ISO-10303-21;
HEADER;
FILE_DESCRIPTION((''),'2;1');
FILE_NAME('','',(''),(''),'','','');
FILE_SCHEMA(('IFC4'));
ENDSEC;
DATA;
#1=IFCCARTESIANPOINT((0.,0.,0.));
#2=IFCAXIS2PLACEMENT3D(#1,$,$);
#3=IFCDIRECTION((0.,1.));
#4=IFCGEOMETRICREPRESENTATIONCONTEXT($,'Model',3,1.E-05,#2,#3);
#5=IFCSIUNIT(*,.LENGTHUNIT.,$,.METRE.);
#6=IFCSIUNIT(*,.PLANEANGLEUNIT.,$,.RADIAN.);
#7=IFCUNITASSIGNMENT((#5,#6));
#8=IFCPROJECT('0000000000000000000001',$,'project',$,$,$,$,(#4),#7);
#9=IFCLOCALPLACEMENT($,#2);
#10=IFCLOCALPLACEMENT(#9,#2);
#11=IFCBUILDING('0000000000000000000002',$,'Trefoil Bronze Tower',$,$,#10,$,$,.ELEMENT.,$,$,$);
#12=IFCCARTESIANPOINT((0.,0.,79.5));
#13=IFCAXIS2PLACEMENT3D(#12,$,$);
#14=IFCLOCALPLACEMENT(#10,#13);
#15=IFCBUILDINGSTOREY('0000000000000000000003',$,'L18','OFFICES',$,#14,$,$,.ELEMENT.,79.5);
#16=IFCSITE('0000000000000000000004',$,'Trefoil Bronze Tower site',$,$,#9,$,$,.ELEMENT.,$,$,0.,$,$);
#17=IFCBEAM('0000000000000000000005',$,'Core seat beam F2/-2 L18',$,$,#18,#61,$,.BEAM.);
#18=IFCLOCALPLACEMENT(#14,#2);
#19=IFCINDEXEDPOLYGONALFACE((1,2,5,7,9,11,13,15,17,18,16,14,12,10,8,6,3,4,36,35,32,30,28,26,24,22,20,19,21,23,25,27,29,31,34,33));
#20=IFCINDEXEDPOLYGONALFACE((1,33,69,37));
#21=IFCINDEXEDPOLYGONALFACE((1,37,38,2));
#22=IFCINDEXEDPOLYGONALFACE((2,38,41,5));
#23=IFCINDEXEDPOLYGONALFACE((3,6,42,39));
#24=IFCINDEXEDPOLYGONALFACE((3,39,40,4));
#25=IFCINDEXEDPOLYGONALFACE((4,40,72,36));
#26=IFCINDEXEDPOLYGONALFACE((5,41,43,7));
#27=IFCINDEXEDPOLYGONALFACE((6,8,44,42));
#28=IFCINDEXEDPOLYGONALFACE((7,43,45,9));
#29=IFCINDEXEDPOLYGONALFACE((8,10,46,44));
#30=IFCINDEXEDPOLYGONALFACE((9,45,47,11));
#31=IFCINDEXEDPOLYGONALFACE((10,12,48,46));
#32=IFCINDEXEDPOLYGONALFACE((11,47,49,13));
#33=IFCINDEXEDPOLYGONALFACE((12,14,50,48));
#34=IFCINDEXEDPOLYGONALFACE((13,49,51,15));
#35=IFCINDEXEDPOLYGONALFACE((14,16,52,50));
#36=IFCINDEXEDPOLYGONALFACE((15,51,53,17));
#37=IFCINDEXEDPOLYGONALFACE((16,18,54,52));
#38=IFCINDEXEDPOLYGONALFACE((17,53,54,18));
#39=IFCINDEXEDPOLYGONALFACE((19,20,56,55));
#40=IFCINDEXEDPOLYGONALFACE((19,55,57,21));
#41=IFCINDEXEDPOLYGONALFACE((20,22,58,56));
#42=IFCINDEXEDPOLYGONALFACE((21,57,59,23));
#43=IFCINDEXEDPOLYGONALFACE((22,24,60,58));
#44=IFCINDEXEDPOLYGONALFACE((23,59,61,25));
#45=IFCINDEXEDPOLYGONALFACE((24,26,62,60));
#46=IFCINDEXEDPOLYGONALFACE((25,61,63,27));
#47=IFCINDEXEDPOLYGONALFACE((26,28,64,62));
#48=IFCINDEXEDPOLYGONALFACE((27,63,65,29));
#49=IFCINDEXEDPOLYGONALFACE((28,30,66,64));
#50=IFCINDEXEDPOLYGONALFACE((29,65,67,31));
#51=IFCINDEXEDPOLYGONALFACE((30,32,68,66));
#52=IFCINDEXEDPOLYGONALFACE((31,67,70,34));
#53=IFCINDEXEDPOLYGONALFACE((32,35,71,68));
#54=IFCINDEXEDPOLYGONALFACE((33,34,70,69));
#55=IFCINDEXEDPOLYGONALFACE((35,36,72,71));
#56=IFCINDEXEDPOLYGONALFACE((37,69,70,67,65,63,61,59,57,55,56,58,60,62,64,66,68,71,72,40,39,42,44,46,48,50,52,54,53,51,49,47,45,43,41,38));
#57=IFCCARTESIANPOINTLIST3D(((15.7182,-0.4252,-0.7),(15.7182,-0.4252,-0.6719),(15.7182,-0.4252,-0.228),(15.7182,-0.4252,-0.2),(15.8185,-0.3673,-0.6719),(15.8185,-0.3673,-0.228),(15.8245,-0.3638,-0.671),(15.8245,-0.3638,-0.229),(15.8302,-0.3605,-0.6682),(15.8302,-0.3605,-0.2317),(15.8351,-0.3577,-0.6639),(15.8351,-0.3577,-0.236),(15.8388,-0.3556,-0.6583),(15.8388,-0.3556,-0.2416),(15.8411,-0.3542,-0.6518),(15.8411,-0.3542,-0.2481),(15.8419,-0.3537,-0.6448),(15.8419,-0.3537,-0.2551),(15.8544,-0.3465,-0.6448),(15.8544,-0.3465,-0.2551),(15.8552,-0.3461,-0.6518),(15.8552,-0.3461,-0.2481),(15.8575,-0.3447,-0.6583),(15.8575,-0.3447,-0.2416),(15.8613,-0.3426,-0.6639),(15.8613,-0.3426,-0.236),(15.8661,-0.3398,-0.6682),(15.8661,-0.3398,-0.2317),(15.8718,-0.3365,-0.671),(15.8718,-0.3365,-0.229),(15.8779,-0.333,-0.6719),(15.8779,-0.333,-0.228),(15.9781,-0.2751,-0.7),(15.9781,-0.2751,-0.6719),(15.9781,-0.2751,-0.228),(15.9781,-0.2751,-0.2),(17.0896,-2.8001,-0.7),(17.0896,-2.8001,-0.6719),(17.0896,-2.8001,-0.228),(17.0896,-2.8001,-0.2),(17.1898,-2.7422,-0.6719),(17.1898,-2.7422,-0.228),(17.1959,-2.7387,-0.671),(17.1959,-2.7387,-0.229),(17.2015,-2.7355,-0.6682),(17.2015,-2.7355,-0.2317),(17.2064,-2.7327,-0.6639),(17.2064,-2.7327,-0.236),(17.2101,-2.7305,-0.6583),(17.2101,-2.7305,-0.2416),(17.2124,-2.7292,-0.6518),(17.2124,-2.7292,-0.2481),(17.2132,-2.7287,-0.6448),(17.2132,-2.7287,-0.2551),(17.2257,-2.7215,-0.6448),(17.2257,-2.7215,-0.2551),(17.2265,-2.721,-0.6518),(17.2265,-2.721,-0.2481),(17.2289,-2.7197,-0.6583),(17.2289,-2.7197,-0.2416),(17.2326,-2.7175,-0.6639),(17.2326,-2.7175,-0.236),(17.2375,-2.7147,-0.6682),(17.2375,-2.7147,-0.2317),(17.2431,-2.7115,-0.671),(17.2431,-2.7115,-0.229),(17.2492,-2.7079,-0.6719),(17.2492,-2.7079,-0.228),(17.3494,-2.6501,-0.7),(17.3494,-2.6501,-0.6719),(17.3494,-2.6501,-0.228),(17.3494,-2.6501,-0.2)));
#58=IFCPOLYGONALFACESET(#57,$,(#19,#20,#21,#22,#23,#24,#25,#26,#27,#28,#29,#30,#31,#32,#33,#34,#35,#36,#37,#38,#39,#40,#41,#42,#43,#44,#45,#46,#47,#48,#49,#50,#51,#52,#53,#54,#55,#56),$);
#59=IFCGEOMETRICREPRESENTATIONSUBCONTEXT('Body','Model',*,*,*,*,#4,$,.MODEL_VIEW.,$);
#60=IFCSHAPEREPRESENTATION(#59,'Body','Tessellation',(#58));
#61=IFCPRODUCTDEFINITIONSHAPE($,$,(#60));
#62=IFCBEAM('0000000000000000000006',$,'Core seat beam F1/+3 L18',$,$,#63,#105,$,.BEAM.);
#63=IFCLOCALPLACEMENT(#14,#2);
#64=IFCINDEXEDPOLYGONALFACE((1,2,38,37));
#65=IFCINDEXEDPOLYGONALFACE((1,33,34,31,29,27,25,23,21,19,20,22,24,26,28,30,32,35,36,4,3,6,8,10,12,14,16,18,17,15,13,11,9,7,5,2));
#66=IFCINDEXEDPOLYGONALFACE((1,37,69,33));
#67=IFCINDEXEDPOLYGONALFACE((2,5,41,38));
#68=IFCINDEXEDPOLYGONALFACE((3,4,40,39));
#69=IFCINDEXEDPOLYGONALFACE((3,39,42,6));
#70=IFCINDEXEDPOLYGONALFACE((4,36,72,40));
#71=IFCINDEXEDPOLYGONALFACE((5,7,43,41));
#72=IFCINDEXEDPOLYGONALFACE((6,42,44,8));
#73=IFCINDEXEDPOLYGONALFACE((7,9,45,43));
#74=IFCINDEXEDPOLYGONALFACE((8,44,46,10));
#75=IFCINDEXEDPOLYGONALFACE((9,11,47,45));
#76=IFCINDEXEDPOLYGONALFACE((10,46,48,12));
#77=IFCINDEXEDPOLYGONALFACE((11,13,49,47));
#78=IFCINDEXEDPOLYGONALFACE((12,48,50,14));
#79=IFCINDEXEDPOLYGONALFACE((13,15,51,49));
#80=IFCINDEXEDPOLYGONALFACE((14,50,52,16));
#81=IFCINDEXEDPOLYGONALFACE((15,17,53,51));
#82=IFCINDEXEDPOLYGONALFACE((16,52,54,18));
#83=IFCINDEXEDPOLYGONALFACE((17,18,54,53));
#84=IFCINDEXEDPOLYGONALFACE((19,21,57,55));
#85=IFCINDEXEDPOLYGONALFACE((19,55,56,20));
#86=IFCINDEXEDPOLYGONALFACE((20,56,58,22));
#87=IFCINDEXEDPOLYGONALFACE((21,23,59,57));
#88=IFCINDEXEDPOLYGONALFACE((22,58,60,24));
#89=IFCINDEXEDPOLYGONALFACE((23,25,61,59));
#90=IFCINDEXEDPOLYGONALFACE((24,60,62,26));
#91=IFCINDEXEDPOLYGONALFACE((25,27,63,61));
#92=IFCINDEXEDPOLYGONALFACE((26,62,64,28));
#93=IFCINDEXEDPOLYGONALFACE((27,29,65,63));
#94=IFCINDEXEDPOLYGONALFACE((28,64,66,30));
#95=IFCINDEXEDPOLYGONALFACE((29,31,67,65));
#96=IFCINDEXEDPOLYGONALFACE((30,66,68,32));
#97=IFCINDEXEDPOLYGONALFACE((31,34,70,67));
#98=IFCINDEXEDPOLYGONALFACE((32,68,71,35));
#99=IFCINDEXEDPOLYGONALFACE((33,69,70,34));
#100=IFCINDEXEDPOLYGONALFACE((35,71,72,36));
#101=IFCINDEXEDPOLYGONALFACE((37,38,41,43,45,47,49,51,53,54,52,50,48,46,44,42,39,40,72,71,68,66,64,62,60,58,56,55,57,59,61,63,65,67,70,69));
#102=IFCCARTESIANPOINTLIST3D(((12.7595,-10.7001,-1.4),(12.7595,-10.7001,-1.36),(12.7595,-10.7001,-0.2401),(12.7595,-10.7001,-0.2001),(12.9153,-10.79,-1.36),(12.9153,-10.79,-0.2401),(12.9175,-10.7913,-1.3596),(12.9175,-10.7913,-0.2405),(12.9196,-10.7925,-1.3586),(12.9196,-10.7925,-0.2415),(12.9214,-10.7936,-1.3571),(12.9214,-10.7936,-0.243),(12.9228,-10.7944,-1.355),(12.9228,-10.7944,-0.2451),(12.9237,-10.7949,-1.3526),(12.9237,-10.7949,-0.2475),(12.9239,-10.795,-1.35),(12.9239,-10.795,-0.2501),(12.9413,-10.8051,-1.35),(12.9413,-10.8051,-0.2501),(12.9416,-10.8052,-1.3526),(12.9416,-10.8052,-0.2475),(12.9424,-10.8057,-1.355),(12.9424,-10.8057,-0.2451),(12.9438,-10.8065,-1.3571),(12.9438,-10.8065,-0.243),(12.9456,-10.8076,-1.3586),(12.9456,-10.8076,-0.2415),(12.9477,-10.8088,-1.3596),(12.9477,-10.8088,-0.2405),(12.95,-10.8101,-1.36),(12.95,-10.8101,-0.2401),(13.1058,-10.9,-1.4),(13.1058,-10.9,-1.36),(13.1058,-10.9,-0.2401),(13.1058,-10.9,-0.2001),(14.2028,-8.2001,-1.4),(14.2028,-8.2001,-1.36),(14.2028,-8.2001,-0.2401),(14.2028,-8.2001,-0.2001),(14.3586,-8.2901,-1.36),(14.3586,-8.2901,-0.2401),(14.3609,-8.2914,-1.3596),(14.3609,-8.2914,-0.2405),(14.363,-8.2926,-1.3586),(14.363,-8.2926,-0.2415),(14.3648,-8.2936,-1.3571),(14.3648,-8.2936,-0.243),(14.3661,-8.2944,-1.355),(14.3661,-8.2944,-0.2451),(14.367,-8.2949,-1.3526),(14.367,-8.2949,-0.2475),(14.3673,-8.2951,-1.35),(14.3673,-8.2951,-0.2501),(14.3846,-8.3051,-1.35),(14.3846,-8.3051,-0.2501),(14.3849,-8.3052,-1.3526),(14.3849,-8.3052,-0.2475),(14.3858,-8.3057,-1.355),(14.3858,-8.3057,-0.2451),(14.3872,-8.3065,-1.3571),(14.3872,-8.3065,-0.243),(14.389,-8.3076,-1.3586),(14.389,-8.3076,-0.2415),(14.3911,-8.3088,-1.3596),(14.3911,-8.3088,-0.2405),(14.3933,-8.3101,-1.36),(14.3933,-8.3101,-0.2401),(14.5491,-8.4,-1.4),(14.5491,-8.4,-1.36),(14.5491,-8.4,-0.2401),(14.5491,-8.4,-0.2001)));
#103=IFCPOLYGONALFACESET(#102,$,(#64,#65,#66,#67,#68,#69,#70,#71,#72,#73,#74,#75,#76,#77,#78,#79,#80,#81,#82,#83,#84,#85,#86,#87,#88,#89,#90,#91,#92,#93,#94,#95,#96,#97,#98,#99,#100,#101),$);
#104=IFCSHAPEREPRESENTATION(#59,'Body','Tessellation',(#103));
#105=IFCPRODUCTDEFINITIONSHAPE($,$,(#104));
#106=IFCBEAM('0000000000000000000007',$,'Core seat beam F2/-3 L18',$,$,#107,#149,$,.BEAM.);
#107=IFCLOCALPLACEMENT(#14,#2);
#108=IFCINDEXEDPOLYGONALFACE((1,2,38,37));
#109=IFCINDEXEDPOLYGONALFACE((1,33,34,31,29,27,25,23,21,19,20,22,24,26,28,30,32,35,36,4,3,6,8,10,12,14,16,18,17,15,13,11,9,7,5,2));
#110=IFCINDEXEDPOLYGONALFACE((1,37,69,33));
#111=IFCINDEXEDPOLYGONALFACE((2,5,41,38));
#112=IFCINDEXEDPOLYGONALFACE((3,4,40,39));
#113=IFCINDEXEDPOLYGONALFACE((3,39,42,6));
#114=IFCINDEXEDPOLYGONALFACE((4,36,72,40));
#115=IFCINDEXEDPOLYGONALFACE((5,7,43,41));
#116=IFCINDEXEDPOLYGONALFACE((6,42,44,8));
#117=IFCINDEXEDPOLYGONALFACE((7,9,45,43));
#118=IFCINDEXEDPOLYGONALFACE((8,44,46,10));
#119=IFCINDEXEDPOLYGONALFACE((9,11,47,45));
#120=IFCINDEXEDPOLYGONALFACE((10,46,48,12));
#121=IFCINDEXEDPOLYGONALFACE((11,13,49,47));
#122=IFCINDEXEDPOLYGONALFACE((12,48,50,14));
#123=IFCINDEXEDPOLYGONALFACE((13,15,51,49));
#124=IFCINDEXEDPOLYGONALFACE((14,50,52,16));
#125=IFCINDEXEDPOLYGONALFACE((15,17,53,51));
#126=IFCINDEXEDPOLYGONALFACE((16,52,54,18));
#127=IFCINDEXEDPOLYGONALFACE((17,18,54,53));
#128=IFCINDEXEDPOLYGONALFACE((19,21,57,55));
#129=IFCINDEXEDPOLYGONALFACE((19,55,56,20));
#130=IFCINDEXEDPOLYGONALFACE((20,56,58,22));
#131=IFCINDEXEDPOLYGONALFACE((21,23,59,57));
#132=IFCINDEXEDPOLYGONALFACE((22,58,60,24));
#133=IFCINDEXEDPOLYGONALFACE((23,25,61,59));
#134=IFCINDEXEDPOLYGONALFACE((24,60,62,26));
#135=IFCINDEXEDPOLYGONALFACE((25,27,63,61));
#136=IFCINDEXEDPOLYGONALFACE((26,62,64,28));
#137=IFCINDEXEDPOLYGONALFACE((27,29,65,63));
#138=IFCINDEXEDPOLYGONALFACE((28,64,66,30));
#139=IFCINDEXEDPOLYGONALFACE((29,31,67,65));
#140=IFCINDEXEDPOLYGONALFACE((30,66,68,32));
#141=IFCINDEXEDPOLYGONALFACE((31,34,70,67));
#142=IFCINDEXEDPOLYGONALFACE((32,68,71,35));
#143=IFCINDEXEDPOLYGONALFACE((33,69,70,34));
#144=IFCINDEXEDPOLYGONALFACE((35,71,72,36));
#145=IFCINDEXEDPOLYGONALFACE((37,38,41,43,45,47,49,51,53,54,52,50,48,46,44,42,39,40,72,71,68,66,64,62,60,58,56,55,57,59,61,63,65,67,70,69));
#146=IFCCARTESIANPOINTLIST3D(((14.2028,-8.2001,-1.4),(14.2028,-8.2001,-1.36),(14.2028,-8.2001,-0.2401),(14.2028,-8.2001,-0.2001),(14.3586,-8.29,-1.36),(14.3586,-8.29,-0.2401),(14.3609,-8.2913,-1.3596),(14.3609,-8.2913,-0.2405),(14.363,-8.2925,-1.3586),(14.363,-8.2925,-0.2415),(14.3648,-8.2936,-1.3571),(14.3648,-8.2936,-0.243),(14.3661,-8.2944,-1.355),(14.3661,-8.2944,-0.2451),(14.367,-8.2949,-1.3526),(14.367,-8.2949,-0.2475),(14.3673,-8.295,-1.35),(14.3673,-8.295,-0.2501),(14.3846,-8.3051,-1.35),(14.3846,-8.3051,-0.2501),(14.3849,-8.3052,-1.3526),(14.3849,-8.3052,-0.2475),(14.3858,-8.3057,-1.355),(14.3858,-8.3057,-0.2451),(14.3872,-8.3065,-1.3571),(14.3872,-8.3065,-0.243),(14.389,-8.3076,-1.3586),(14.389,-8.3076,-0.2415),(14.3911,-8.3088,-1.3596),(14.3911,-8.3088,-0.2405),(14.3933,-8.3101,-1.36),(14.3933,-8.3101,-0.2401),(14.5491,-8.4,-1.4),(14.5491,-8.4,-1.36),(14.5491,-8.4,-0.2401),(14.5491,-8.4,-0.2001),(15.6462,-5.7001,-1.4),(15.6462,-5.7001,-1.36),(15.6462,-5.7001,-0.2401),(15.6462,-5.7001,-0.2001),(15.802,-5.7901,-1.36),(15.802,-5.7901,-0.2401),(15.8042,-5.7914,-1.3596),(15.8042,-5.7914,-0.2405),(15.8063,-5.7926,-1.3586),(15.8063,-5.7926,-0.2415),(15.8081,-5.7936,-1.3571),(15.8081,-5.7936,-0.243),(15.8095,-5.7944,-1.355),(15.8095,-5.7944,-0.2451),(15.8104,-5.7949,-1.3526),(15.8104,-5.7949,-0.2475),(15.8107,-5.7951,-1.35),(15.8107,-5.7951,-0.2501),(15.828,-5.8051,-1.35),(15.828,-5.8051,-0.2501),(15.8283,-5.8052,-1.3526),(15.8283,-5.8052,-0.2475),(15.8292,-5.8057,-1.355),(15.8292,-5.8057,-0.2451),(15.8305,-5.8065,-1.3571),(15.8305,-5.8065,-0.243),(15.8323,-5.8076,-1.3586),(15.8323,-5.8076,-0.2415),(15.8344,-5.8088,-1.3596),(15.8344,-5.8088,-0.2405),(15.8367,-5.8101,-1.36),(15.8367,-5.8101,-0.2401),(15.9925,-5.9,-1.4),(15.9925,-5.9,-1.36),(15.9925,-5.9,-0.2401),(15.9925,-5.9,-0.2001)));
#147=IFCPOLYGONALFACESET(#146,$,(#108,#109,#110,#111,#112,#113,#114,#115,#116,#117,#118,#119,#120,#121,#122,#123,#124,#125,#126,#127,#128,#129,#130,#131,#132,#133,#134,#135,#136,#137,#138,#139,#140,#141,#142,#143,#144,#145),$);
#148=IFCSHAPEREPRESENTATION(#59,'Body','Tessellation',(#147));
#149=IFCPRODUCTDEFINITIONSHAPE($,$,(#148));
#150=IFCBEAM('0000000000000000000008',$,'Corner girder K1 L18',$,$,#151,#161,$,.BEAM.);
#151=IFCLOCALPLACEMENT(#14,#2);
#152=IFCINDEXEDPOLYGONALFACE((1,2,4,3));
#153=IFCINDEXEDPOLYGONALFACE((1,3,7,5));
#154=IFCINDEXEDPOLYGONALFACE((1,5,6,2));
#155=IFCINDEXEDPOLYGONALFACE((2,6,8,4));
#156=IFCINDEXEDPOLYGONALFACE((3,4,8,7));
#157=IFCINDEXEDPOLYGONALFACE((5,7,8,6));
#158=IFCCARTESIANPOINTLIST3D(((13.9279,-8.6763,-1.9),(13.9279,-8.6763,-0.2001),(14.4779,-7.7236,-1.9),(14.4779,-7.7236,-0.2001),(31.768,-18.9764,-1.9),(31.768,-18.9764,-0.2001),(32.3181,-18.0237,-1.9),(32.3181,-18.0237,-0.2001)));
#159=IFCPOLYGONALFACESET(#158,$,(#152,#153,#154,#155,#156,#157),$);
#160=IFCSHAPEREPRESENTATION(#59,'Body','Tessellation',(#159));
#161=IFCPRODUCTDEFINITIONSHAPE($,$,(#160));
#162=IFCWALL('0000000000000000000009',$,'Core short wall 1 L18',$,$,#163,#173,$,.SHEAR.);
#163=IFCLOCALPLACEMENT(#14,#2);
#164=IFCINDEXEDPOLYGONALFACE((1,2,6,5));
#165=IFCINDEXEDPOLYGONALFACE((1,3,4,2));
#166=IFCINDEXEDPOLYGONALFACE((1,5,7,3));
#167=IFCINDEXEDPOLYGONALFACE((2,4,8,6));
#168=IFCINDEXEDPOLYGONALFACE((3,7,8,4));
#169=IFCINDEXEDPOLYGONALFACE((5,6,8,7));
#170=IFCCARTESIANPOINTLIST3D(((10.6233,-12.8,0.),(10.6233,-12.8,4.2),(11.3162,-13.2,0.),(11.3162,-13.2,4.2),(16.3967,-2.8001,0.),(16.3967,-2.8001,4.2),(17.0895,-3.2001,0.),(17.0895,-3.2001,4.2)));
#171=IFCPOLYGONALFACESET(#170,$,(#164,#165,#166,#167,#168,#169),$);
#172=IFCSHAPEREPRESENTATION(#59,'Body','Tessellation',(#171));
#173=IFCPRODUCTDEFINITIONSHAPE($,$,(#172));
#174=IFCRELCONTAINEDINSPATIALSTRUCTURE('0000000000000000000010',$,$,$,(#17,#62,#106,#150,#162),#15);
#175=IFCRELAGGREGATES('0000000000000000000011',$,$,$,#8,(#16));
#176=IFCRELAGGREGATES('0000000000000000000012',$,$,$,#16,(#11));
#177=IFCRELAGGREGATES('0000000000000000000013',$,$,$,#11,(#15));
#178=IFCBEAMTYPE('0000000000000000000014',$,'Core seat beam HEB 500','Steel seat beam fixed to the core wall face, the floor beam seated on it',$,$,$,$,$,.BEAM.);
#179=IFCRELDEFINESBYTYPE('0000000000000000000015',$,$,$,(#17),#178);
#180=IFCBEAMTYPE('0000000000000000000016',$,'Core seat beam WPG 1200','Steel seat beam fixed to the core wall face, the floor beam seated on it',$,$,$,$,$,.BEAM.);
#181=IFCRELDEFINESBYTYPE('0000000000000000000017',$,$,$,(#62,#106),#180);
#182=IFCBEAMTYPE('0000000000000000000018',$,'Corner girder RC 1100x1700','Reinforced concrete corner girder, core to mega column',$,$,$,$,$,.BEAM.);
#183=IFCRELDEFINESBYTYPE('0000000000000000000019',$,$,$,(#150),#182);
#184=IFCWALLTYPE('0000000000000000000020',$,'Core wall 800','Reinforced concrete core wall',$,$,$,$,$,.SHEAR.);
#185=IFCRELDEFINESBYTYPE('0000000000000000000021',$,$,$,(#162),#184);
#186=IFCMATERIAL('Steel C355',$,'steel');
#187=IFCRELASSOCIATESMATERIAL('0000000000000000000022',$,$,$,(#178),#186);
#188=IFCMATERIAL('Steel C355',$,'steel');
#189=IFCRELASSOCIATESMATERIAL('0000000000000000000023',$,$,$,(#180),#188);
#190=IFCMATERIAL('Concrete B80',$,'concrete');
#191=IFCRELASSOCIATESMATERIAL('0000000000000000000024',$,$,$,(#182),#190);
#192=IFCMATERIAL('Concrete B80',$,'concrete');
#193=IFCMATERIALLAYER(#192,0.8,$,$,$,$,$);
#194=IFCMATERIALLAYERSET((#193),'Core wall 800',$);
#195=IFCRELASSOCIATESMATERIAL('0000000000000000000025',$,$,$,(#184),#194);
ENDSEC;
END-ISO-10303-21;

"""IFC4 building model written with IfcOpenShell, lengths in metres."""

from ifc_helpers import new_model, si_unit, direction, frame, frame_2d, origin, origin_2d, place, context, subcontext, project, spatial, rectangle, i_section, extrude, material, layer, layer_set, material_profile, profile_set, type_object, element, save


model = new_model("IFC4")

# Units and contexts
model_context = context("Model", 3, precision=1e-05, world=origin(), true_north=direction((0.0, 1.0)))
body_context = subcontext(model_context, "Body", "Model", "MODEL_VIEW")
ifc_project = project(units=[si_unit("LENGTHUNIT", "METRE"), si_unit("PLANEANGLEUNIT", "RADIAN")], contexts=[model_context])

# Site, building, storey
site_placement = place(None, origin())
site = spatial("IfcSite", under=ifc_project, at=site_placement, Name="Trefoil Bronze Tower site", CompositionType="ELEMENT", RefElevation=0.0)
building_placement = place(site_placement, origin())
building = spatial("IfcBuilding", under=site, at=building_placement, Name="Trefoil Bronze Tower", CompositionType="ELEMENT")
storey_placement = place(building_placement, frame((0.0, 0.0, 79.5)))
storey = spatial("IfcBuildingStorey", under=building, at=storey_placement, Name="L18", Description="OFFICES", CompositionType="ELEMENT", Elevation=79.5)

# Beams
ifc_material_1 = material(Name="Steel C355", Category="steel")
ifc_material_profile_1 = material_profile(ifc_material_1, i_section(OverallWidth=0.3, OverallDepth=0.5, WebThickness=0.0144, FlangeThickness=0.0281, FilletRadius=0.0271, at=origin_2d()), Name="HEB 500")
ifc_profile_set_1 = profile_set([ifc_material_profile_1], Name="Steel C355")
beam_type_1 = type_object("IfcBeamType", Name="Core seat beam HEB 500", Description="Steel seat beam fixed to the core wall face, the floor beam seated on it", PredefinedType="BEAM", material=ifc_profile_set_1)
beam_1_placement = place(storey_placement, frame((17.2195, -2.7251, -0.45), z_axis=(-0.500036, 0.866005, 0.0), x_axis=(-0.866005, -0.500036, 0.0)))
element("IfcBeam", 1, at=beam_1_placement, inside=storey, type_object=beam_type_1, Name="Core seat beam F2/-2 L18", PredefinedType="BEAM", context=body_context, shape_type="SweptSolid", body=[
    extrude(i_section(OverallWidth=0.3, OverallDepth=0.5, WebThickness=0.0144, FlangeThickness=0.0281, FilletRadius=0.0271, at=origin_2d()), origin(), (0.0, 0.0, 1.0), 2.7424),
])
ifc_material_2 = material(Name="Steel C355", Category="steel")
ifc_material_profile_2 = material_profile(ifc_material_2, i_section(OverallWidth=0.3999, OverallDepth=1.2, WebThickness=0.02, FlangeThickness=0.04, FilletRadius=0.01, at=origin_2d()), Name="WPG 1200")
ifc_profile_set_2 = profile_set([ifc_material_profile_2], Name="Steel C355")
beam_type_2 = type_object("IfcBeamType", Name="Core seat beam WPG 1200", Description="Steel seat beam fixed to the core wall face, the floor beam seated on it", PredefinedType="BEAM", material=ifc_profile_set_2)
for number, where, z_axis, x_axis, name in (
    (2, (12.9326, -10.8, -0.8), (0.499996, 0.866028, 0.0), (-0.866028, 0.499996, 0.0), "Core seat beam F1/+3 L18"),
    (3, (14.376, -8.3, -0.8), (0.499996, 0.866028, 0.0), (-0.866028, 0.499996, 0.0), "Core seat beam F2/-3 L18"),
):
    element("IfcBeam", number, at=place(storey_placement, frame(where, z_axis=z_axis, x_axis=x_axis)), inside=storey, type_object=beam_type_2, Name=name, PredefinedType="BEAM", context=body_context, shape_type="SweptSolid", body=[
        extrude(i_section(OverallWidth=0.3999, OverallDepth=1.2, WebThickness=0.02, FlangeThickness=0.04, FilletRadius=0.01, at=origin_2d()), origin(), (0.0, 0.0, 1.0), 2.8867),
    ])
ifc_material_3 = material(Name="Concrete B80", Category="concrete")
ifc_material_profile_3 = material_profile(ifc_material_3, rectangle(XDim=1.1001, YDim=1.7, at=origin_2d()), Name="RC 1100x1700")
ifc_profile_set_3 = profile_set([ifc_material_profile_3], Name="Concrete B80")
beam_type_3 = type_object("IfcBeamType", Name="Corner girder RC 1100x1700", Description="Reinforced concrete corner girder, core to mega column", PredefinedType="BEAM", material=ifc_profile_set_3)
beam_2_placement = place(storey_placement, frame((14.2029, -8.2, -1.05), z_axis=(0.866024, -0.500003, 0.0), x_axis=(0.500003, 0.866024, 0.0)))
element("IfcBeam", 4, at=beam_2_placement, inside=storey, type_object=beam_type_3, Name="Corner girder K1 L18", PredefinedType="BEAM", context=body_context, shape_type="SweptSolid", body=[
    extrude(rectangle(XDim=1.1001, YDim=1.7, at=origin_2d()), origin(), (0.0, 0.0, 1.0), 20.6001),
])

# Wall
ifc_material_4 = material(Name="Concrete B80", Category="concrete")
ifc_layer_1 = layer(ifc_material_4, 0.8)
ifc_layer_set_1 = layer_set([ifc_layer_1], Name="Core wall 800")
wall_type_1 = type_object("IfcWallType", Name="Core wall 800", Description="Reinforced concrete core wall", PredefinedType="SHEAR", material=ifc_layer_set_1)
wall_1_placement = place(storey_placement, frame((10.9697, -13.0, 0.0), z_axis=(0.0, 0.0, 1.0), x_axis=(0.499996, 0.866028, 0.0)))
element("IfcWall", 5, at=wall_1_placement, inside=storey, type_object=wall_type_1, Name="Core short wall 1 L18", PredefinedType="SHEAR", context=body_context, shape_type="SweptSolid", body=[
    extrude(rectangle(XDim=11.5469, YDim=0.8, at=frame_2d((5.7734, 0.0))), origin(), (0.0, 0.0, 1.0), 4.2),
])

save(model, "model.ifc")
